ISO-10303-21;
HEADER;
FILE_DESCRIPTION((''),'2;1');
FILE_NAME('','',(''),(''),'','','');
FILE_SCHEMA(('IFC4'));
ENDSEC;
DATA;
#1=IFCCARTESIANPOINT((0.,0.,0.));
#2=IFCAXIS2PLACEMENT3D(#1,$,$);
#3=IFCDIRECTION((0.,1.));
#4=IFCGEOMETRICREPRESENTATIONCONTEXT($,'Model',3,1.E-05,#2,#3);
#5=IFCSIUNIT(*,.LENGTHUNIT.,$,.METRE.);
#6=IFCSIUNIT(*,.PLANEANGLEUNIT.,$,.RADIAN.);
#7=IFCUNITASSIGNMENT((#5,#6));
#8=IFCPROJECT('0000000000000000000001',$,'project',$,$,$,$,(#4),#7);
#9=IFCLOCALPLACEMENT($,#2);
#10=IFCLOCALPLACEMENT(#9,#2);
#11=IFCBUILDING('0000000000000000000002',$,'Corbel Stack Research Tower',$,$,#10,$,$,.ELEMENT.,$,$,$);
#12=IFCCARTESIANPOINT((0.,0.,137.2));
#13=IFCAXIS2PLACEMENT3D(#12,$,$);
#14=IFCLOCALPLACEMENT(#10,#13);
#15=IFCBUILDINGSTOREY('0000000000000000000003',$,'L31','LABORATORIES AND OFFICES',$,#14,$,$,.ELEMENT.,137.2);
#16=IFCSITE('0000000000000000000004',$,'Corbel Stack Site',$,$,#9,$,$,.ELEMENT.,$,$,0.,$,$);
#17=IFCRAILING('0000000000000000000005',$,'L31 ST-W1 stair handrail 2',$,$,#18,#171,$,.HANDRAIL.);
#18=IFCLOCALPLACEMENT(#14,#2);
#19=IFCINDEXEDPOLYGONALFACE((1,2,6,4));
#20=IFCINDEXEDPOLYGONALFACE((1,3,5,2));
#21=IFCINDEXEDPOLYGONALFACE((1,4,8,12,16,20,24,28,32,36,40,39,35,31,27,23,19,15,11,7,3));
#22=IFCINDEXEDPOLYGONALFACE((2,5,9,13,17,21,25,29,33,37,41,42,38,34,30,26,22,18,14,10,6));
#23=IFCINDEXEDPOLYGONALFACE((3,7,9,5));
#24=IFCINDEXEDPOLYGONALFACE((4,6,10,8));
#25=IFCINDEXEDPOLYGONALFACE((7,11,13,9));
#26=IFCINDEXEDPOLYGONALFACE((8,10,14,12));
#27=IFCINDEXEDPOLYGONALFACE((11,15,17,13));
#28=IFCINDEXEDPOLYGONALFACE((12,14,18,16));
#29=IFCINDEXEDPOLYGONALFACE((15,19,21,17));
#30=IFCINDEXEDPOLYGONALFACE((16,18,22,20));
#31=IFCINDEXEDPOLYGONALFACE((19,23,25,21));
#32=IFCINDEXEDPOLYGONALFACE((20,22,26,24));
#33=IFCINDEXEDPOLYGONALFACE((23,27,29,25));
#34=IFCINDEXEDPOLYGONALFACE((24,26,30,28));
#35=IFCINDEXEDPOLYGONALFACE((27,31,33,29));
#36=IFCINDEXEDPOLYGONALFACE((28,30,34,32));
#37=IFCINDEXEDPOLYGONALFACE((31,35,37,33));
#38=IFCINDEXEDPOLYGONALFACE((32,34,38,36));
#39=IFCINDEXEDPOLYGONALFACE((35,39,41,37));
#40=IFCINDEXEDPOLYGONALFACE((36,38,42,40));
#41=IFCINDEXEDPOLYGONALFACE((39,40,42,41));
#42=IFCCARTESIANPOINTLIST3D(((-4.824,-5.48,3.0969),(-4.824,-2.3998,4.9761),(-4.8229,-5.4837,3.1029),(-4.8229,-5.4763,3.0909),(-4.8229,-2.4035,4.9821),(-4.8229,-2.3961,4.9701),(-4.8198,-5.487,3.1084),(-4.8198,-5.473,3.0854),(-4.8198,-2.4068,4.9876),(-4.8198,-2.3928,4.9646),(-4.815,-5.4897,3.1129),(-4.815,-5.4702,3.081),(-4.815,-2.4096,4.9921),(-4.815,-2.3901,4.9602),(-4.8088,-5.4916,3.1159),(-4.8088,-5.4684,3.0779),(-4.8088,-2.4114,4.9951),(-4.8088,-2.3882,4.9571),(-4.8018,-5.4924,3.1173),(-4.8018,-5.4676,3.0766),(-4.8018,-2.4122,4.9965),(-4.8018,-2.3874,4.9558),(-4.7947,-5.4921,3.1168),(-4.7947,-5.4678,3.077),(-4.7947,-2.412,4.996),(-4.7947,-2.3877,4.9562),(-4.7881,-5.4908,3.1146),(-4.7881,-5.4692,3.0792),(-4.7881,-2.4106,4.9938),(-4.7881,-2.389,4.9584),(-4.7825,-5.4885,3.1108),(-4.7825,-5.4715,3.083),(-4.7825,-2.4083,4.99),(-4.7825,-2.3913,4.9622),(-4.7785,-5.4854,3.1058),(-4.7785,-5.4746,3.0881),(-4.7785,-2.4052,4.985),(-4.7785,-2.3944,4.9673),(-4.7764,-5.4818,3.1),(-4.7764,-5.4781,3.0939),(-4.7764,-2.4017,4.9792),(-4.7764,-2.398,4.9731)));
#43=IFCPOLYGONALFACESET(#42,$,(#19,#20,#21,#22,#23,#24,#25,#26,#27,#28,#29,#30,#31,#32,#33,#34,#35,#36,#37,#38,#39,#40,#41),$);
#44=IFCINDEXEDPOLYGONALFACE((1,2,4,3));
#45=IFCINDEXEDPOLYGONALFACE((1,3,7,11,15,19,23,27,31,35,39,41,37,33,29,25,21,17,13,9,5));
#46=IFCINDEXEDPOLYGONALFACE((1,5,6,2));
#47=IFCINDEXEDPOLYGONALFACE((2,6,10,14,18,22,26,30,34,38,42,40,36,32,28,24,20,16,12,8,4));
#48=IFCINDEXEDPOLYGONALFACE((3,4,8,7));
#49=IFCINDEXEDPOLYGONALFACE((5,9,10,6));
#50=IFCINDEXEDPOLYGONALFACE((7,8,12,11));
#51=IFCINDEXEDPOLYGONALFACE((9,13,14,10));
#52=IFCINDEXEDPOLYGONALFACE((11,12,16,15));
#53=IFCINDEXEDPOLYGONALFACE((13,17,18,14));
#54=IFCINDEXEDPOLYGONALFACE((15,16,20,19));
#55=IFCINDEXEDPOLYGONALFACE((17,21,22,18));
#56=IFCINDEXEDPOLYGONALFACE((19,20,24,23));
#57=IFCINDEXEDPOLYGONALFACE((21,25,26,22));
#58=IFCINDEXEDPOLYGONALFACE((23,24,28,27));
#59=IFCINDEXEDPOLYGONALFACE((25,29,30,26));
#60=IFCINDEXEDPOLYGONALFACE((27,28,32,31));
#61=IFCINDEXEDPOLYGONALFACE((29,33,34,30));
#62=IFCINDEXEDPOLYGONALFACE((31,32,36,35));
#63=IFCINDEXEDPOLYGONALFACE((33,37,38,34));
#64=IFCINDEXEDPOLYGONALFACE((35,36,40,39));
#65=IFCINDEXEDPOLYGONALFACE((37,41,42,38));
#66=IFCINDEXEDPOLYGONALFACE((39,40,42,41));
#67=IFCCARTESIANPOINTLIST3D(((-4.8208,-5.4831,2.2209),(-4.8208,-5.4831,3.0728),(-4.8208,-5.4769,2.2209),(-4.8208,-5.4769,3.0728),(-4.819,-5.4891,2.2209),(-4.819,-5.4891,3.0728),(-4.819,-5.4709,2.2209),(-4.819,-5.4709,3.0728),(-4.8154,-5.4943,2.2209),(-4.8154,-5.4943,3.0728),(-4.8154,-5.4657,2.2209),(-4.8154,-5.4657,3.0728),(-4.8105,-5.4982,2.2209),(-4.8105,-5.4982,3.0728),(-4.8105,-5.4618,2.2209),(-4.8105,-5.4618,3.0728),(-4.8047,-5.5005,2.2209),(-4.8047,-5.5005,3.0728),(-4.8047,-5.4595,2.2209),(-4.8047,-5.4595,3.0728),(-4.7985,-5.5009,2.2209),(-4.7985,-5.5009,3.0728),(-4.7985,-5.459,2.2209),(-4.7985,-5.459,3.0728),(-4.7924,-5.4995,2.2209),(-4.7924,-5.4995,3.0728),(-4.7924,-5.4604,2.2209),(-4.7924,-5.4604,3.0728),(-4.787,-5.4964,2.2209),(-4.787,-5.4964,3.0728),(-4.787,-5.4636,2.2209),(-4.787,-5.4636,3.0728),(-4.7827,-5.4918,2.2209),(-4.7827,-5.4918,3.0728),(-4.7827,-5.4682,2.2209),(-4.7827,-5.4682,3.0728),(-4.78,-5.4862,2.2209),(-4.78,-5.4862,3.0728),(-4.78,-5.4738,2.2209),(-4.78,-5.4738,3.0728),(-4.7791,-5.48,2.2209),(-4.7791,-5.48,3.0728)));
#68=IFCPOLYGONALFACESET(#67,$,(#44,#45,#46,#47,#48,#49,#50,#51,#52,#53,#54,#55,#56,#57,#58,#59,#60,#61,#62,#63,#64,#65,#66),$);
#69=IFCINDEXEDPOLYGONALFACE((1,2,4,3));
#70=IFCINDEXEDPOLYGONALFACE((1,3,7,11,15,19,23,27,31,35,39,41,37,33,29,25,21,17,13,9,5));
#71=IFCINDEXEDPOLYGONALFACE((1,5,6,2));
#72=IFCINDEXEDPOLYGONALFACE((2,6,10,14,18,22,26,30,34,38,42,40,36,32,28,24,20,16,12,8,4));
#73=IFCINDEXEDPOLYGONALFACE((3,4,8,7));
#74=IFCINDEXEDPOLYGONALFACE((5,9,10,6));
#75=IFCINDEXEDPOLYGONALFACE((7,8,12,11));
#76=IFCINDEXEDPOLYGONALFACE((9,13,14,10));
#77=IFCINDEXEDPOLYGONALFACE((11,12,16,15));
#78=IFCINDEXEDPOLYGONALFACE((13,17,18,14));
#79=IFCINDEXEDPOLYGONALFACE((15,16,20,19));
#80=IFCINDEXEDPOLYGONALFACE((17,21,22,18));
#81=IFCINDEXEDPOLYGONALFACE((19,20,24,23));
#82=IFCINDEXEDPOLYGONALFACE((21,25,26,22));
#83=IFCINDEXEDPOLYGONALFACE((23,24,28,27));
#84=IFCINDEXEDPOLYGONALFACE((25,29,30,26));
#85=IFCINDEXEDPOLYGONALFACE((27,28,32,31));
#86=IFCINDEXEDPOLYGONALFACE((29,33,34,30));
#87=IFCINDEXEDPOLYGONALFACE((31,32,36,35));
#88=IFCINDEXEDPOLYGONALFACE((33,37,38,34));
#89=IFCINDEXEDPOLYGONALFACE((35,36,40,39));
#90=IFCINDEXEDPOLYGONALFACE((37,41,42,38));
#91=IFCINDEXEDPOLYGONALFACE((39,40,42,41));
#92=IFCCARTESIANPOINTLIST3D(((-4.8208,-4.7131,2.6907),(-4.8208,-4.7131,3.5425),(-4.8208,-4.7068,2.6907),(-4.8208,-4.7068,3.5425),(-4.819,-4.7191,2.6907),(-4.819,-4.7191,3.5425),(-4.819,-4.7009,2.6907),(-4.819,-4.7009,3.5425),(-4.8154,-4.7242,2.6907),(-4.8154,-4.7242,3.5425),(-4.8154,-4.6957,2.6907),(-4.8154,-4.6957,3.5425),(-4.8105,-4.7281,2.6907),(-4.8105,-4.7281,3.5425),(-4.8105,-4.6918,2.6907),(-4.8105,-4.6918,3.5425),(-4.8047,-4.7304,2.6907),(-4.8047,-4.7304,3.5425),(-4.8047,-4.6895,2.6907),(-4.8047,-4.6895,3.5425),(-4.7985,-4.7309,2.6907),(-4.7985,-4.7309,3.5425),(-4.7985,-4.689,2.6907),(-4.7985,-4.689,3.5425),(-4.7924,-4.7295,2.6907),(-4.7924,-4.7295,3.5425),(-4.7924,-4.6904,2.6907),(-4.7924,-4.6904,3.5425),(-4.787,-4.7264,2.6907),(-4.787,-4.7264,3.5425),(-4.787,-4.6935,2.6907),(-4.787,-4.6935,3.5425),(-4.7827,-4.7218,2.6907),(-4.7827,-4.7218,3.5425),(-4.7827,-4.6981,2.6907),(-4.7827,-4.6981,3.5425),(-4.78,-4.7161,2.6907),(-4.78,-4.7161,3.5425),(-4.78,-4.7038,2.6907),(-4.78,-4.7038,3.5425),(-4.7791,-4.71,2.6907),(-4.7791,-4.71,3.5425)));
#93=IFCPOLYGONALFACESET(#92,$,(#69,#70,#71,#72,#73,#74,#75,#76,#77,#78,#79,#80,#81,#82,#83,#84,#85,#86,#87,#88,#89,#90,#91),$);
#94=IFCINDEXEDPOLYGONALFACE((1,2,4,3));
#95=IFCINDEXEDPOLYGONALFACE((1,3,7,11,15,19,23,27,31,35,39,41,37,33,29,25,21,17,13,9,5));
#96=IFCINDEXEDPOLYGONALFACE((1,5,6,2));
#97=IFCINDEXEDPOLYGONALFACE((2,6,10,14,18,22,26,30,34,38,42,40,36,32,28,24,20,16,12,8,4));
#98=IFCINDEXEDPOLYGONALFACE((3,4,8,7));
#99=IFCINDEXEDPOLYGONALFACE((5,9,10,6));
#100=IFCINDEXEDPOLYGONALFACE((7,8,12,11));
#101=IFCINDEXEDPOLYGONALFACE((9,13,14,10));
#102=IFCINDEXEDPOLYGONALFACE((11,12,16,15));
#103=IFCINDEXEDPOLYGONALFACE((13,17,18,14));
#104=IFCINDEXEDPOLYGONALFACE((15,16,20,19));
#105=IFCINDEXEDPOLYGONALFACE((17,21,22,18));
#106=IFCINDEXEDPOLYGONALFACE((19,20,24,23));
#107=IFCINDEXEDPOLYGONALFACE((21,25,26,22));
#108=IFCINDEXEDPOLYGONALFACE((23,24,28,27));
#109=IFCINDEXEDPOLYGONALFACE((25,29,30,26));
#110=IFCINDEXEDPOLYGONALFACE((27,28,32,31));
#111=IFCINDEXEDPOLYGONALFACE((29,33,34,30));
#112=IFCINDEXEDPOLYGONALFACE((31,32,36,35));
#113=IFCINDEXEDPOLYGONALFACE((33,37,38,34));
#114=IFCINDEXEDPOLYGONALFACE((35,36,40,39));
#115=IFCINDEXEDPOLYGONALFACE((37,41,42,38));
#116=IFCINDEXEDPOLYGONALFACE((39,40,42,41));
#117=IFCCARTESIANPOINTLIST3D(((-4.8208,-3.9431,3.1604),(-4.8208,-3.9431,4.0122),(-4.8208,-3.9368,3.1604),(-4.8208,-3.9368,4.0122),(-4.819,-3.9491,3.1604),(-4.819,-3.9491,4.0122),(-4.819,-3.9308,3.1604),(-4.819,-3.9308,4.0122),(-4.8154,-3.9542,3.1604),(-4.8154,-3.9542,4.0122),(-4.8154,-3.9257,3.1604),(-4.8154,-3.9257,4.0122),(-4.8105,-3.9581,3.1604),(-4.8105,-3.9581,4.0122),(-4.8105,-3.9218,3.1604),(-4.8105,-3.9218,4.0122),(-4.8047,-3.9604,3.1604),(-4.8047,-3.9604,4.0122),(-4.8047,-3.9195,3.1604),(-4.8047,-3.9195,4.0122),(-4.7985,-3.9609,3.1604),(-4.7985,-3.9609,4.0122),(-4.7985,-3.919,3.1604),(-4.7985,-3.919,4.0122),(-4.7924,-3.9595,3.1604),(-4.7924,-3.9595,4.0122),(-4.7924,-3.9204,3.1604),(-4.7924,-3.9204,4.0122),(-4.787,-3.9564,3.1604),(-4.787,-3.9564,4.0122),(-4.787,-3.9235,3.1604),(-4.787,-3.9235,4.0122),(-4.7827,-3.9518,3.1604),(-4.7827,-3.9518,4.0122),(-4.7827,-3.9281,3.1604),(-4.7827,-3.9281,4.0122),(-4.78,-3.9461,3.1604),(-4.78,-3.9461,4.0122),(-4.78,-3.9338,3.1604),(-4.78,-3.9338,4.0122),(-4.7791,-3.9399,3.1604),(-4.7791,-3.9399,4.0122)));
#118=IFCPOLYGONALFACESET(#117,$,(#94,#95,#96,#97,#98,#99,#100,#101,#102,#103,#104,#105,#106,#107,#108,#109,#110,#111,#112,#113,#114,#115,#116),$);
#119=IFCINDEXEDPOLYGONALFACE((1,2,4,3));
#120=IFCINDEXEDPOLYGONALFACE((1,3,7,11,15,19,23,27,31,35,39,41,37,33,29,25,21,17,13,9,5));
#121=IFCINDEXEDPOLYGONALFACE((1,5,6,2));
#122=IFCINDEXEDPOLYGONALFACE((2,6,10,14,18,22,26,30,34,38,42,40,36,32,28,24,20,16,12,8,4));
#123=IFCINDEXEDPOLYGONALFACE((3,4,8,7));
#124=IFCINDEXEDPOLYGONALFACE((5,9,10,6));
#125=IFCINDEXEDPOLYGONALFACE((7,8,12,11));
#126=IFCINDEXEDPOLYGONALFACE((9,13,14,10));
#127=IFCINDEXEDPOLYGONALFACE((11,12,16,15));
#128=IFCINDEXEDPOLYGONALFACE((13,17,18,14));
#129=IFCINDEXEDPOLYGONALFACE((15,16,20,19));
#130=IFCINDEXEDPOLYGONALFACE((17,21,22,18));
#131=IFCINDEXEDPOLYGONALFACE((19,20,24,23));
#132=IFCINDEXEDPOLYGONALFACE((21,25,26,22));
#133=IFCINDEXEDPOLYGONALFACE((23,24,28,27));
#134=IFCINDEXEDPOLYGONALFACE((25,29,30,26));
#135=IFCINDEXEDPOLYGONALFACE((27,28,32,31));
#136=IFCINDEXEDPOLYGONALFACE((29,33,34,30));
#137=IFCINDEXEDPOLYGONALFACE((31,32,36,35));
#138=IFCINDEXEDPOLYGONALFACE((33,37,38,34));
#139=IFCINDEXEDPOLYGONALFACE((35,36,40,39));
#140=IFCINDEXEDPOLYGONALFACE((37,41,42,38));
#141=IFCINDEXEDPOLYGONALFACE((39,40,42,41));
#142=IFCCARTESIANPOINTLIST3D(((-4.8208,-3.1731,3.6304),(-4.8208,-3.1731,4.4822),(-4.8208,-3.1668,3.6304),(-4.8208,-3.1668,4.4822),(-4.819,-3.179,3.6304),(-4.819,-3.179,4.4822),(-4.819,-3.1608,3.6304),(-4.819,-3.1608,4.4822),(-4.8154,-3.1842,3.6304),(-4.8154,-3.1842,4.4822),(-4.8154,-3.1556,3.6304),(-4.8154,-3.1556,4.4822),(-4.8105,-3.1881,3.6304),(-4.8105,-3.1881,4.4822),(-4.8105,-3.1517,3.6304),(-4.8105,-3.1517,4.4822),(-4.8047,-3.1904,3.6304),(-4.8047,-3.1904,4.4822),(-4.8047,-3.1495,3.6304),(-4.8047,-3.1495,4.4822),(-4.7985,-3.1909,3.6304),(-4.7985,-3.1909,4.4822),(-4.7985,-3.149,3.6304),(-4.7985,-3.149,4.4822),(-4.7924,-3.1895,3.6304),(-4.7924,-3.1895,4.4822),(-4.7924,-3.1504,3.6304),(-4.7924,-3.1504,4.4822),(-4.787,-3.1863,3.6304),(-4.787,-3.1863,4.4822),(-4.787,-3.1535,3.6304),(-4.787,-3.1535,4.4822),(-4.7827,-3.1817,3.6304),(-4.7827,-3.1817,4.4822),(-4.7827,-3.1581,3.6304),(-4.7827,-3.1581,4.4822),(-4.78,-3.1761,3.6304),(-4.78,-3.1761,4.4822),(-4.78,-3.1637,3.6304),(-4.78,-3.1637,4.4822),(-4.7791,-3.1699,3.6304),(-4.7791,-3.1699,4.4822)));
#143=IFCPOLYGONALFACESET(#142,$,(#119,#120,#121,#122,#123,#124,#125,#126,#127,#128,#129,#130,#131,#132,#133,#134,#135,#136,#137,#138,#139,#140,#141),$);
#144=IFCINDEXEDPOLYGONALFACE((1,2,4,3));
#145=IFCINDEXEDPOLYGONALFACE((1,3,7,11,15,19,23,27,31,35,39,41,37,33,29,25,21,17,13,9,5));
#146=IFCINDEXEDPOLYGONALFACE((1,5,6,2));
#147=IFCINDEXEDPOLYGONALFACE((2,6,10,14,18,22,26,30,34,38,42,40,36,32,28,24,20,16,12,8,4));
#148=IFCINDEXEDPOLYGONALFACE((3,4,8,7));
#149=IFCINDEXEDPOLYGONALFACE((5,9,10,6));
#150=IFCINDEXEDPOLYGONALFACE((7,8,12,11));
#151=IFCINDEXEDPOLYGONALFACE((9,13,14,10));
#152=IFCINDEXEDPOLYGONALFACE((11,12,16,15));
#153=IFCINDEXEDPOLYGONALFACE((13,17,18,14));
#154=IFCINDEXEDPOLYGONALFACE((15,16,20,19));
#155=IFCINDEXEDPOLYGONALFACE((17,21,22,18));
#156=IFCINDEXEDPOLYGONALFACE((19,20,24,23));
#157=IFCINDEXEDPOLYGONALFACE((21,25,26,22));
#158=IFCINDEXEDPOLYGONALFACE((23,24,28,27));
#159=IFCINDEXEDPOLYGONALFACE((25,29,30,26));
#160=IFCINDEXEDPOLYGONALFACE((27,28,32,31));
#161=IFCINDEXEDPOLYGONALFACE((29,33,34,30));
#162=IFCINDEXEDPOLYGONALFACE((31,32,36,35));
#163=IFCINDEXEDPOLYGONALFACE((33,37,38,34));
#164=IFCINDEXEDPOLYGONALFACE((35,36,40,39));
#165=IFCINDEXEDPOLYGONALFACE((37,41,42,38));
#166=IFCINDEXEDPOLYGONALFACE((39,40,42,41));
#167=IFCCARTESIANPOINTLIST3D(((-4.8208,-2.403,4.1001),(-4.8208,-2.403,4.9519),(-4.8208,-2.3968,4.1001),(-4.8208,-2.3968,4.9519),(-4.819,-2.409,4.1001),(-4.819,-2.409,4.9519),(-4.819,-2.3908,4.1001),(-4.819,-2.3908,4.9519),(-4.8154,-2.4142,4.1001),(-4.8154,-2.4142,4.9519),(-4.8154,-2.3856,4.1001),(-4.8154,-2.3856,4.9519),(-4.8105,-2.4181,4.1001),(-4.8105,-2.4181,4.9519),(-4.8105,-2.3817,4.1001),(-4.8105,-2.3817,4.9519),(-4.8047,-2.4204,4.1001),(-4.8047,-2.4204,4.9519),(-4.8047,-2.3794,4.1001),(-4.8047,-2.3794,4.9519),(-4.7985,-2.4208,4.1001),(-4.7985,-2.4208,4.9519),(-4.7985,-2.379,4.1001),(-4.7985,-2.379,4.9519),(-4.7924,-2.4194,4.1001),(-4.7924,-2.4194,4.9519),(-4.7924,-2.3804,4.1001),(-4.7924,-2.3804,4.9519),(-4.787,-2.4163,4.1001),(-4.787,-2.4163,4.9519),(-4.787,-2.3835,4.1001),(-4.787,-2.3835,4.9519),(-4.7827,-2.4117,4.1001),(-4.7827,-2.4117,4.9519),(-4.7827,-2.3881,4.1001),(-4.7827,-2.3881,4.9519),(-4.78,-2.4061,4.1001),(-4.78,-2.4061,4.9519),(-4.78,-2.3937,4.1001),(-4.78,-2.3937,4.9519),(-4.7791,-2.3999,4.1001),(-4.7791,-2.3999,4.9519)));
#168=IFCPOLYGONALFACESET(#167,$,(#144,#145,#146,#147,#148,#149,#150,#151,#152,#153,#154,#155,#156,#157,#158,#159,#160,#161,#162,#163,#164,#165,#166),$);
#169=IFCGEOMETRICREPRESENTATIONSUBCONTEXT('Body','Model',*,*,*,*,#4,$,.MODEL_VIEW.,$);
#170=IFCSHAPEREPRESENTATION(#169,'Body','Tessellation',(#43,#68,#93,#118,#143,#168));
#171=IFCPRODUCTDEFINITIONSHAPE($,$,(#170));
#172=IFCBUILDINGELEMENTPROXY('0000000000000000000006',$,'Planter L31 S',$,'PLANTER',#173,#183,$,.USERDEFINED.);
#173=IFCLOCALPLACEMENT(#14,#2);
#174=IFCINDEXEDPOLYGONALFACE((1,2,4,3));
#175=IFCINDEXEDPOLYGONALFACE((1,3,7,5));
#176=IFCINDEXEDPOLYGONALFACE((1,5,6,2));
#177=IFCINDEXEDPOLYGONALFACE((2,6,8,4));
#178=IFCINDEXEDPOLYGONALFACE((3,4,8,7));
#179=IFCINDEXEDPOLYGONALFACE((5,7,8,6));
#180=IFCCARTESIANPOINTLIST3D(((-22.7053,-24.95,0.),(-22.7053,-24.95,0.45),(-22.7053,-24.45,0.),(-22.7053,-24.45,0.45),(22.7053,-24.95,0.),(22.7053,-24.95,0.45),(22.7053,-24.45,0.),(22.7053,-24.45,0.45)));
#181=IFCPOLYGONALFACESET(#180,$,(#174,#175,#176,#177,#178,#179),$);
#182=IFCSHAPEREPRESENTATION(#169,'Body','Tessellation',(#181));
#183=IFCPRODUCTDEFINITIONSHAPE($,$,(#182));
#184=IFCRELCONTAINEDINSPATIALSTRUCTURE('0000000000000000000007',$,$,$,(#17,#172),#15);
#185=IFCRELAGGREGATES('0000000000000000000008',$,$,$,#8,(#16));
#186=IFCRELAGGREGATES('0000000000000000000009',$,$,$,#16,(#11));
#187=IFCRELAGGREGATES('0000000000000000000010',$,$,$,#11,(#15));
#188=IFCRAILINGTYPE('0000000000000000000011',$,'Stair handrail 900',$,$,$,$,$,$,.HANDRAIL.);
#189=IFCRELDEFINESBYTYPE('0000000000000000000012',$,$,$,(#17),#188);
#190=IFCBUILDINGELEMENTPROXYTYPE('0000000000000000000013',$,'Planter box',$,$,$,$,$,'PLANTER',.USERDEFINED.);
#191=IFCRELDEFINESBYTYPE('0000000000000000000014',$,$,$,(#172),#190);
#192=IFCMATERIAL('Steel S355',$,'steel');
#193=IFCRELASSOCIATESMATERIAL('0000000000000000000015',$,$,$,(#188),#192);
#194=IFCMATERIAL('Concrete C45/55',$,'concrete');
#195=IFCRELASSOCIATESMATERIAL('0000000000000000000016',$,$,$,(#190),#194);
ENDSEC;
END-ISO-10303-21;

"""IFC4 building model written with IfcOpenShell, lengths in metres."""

from ifc_helpers import new_model, si_unit, direction, frame, origin, origin_2d, place, context, subcontext, project, spatial, rectangle, circle, extrude, material, type_object, element, save


model = new_model("IFC4")

# Units and contexts
model_context = context("Model", 3, precision=1e-05, world=origin(), true_north=direction((0.0, 1.0)))
body_context = subcontext(model_context, "Body", "Model", "MODEL_VIEW")
ifc_project = project(units=[si_unit("LENGTHUNIT", "METRE"), si_unit("PLANEANGLEUNIT", "RADIAN")], contexts=[model_context])

# Site, building, storey
site_placement = place(None, origin())
site = spatial("IfcSite", under=ifc_project, at=site_placement, Name="Corbel Stack Site", CompositionType="ELEMENT", RefElevation=0.0)
building_placement = place(site_placement, origin())
building = spatial("IfcBuilding", under=site, at=building_placement, Name="Corbel Stack Research Tower", CompositionType="ELEMENT")
storey_placement = place(building_placement, frame((0.0, 0.0, 137.2)))
storey = spatial("IfcBuildingStorey", under=building, at=storey_placement, Name="L31", Description="LABORATORIES AND OFFICES", CompositionType="ELEMENT", Elevation=137.2)

# Railing
ifc_material_1 = material(Name="Steel S355", Category="steel")
railing_type_1 = type_object("IfcRailingType", Name="Stair handrail 900", PredefinedType="HANDRAIL", material=ifc_material_1)
railing_1_placement = place(storey_placement, frame((-4.8, -5.48, 2.2209)))
element("IfcRailing", 1, at=railing_1_placement, inside=storey, type_object=railing_type_1, Name="L31 ST-W1 stair handrail 2", PredefinedType="HANDRAIL", context=body_context, shape_type="SweptSolid", body=[
    extrude(circle(Radius=0.0239, at=origin_2d()), frame((0.0, 0.0, 0.876), z_axis=(0.0, 0.853666, 0.52082), x_axis=(-1.0, 0.0, 0.0)), (0.0, 0.0, 1.0), 3.6082),
    extrude(circle(Radius=0.021, at=origin_2d()), origin(), (0.0, 0.0, 1.0), 0.8518),
    extrude(circle(Radius=0.021, at=origin_2d()), frame((0.0, 0.77, 0.4697)), (0.0, 0.0, 1.0), 0.8518),
    extrude(circle(Radius=0.021, at=origin_2d()), frame((0.0, 1.54, 0.9395)), (0.0, 0.0, 1.0), 0.8518),
    extrude(circle(Radius=0.021, at=origin_2d()), frame((0.0, 2.3101, 1.4094)), (0.0, 0.0, 1.0), 0.8518),
    extrude(circle(Radius=0.021, at=origin_2d()), frame((0.0, 3.0801, 1.8792)), (0.0, 0.0, 1.0), 0.8518),
])

# Building element proxy
ifc_material_2 = material(Name="Concrete C45/55", Category="concrete")
building_element_proxy_type = type_object("IfcBuildingElementProxyType", Name="Planter box", ElementType="PLANTER", PredefinedType="USERDEFINED", material=ifc_material_2)
proxy_placement = place(storey_placement, frame((0.0, -24.7, 0.0), z_axis=(0.0, 0.0, 1.0), x_axis=(1.0, 0.0, 0.0)))
element("IfcBuildingElementProxy", 2, at=proxy_placement, inside=storey, type_object=building_element_proxy_type, Name="Planter L31 S", ObjectType="PLANTER", PredefinedType="USERDEFINED", context=body_context, shape_type="SweptSolid", body=[
    extrude(rectangle(XDim=45.4106, YDim=0.5, at=origin_2d()), origin(), (0.0, 0.0, 1.0), 0.45),
])

save(model, "model.ifc")
